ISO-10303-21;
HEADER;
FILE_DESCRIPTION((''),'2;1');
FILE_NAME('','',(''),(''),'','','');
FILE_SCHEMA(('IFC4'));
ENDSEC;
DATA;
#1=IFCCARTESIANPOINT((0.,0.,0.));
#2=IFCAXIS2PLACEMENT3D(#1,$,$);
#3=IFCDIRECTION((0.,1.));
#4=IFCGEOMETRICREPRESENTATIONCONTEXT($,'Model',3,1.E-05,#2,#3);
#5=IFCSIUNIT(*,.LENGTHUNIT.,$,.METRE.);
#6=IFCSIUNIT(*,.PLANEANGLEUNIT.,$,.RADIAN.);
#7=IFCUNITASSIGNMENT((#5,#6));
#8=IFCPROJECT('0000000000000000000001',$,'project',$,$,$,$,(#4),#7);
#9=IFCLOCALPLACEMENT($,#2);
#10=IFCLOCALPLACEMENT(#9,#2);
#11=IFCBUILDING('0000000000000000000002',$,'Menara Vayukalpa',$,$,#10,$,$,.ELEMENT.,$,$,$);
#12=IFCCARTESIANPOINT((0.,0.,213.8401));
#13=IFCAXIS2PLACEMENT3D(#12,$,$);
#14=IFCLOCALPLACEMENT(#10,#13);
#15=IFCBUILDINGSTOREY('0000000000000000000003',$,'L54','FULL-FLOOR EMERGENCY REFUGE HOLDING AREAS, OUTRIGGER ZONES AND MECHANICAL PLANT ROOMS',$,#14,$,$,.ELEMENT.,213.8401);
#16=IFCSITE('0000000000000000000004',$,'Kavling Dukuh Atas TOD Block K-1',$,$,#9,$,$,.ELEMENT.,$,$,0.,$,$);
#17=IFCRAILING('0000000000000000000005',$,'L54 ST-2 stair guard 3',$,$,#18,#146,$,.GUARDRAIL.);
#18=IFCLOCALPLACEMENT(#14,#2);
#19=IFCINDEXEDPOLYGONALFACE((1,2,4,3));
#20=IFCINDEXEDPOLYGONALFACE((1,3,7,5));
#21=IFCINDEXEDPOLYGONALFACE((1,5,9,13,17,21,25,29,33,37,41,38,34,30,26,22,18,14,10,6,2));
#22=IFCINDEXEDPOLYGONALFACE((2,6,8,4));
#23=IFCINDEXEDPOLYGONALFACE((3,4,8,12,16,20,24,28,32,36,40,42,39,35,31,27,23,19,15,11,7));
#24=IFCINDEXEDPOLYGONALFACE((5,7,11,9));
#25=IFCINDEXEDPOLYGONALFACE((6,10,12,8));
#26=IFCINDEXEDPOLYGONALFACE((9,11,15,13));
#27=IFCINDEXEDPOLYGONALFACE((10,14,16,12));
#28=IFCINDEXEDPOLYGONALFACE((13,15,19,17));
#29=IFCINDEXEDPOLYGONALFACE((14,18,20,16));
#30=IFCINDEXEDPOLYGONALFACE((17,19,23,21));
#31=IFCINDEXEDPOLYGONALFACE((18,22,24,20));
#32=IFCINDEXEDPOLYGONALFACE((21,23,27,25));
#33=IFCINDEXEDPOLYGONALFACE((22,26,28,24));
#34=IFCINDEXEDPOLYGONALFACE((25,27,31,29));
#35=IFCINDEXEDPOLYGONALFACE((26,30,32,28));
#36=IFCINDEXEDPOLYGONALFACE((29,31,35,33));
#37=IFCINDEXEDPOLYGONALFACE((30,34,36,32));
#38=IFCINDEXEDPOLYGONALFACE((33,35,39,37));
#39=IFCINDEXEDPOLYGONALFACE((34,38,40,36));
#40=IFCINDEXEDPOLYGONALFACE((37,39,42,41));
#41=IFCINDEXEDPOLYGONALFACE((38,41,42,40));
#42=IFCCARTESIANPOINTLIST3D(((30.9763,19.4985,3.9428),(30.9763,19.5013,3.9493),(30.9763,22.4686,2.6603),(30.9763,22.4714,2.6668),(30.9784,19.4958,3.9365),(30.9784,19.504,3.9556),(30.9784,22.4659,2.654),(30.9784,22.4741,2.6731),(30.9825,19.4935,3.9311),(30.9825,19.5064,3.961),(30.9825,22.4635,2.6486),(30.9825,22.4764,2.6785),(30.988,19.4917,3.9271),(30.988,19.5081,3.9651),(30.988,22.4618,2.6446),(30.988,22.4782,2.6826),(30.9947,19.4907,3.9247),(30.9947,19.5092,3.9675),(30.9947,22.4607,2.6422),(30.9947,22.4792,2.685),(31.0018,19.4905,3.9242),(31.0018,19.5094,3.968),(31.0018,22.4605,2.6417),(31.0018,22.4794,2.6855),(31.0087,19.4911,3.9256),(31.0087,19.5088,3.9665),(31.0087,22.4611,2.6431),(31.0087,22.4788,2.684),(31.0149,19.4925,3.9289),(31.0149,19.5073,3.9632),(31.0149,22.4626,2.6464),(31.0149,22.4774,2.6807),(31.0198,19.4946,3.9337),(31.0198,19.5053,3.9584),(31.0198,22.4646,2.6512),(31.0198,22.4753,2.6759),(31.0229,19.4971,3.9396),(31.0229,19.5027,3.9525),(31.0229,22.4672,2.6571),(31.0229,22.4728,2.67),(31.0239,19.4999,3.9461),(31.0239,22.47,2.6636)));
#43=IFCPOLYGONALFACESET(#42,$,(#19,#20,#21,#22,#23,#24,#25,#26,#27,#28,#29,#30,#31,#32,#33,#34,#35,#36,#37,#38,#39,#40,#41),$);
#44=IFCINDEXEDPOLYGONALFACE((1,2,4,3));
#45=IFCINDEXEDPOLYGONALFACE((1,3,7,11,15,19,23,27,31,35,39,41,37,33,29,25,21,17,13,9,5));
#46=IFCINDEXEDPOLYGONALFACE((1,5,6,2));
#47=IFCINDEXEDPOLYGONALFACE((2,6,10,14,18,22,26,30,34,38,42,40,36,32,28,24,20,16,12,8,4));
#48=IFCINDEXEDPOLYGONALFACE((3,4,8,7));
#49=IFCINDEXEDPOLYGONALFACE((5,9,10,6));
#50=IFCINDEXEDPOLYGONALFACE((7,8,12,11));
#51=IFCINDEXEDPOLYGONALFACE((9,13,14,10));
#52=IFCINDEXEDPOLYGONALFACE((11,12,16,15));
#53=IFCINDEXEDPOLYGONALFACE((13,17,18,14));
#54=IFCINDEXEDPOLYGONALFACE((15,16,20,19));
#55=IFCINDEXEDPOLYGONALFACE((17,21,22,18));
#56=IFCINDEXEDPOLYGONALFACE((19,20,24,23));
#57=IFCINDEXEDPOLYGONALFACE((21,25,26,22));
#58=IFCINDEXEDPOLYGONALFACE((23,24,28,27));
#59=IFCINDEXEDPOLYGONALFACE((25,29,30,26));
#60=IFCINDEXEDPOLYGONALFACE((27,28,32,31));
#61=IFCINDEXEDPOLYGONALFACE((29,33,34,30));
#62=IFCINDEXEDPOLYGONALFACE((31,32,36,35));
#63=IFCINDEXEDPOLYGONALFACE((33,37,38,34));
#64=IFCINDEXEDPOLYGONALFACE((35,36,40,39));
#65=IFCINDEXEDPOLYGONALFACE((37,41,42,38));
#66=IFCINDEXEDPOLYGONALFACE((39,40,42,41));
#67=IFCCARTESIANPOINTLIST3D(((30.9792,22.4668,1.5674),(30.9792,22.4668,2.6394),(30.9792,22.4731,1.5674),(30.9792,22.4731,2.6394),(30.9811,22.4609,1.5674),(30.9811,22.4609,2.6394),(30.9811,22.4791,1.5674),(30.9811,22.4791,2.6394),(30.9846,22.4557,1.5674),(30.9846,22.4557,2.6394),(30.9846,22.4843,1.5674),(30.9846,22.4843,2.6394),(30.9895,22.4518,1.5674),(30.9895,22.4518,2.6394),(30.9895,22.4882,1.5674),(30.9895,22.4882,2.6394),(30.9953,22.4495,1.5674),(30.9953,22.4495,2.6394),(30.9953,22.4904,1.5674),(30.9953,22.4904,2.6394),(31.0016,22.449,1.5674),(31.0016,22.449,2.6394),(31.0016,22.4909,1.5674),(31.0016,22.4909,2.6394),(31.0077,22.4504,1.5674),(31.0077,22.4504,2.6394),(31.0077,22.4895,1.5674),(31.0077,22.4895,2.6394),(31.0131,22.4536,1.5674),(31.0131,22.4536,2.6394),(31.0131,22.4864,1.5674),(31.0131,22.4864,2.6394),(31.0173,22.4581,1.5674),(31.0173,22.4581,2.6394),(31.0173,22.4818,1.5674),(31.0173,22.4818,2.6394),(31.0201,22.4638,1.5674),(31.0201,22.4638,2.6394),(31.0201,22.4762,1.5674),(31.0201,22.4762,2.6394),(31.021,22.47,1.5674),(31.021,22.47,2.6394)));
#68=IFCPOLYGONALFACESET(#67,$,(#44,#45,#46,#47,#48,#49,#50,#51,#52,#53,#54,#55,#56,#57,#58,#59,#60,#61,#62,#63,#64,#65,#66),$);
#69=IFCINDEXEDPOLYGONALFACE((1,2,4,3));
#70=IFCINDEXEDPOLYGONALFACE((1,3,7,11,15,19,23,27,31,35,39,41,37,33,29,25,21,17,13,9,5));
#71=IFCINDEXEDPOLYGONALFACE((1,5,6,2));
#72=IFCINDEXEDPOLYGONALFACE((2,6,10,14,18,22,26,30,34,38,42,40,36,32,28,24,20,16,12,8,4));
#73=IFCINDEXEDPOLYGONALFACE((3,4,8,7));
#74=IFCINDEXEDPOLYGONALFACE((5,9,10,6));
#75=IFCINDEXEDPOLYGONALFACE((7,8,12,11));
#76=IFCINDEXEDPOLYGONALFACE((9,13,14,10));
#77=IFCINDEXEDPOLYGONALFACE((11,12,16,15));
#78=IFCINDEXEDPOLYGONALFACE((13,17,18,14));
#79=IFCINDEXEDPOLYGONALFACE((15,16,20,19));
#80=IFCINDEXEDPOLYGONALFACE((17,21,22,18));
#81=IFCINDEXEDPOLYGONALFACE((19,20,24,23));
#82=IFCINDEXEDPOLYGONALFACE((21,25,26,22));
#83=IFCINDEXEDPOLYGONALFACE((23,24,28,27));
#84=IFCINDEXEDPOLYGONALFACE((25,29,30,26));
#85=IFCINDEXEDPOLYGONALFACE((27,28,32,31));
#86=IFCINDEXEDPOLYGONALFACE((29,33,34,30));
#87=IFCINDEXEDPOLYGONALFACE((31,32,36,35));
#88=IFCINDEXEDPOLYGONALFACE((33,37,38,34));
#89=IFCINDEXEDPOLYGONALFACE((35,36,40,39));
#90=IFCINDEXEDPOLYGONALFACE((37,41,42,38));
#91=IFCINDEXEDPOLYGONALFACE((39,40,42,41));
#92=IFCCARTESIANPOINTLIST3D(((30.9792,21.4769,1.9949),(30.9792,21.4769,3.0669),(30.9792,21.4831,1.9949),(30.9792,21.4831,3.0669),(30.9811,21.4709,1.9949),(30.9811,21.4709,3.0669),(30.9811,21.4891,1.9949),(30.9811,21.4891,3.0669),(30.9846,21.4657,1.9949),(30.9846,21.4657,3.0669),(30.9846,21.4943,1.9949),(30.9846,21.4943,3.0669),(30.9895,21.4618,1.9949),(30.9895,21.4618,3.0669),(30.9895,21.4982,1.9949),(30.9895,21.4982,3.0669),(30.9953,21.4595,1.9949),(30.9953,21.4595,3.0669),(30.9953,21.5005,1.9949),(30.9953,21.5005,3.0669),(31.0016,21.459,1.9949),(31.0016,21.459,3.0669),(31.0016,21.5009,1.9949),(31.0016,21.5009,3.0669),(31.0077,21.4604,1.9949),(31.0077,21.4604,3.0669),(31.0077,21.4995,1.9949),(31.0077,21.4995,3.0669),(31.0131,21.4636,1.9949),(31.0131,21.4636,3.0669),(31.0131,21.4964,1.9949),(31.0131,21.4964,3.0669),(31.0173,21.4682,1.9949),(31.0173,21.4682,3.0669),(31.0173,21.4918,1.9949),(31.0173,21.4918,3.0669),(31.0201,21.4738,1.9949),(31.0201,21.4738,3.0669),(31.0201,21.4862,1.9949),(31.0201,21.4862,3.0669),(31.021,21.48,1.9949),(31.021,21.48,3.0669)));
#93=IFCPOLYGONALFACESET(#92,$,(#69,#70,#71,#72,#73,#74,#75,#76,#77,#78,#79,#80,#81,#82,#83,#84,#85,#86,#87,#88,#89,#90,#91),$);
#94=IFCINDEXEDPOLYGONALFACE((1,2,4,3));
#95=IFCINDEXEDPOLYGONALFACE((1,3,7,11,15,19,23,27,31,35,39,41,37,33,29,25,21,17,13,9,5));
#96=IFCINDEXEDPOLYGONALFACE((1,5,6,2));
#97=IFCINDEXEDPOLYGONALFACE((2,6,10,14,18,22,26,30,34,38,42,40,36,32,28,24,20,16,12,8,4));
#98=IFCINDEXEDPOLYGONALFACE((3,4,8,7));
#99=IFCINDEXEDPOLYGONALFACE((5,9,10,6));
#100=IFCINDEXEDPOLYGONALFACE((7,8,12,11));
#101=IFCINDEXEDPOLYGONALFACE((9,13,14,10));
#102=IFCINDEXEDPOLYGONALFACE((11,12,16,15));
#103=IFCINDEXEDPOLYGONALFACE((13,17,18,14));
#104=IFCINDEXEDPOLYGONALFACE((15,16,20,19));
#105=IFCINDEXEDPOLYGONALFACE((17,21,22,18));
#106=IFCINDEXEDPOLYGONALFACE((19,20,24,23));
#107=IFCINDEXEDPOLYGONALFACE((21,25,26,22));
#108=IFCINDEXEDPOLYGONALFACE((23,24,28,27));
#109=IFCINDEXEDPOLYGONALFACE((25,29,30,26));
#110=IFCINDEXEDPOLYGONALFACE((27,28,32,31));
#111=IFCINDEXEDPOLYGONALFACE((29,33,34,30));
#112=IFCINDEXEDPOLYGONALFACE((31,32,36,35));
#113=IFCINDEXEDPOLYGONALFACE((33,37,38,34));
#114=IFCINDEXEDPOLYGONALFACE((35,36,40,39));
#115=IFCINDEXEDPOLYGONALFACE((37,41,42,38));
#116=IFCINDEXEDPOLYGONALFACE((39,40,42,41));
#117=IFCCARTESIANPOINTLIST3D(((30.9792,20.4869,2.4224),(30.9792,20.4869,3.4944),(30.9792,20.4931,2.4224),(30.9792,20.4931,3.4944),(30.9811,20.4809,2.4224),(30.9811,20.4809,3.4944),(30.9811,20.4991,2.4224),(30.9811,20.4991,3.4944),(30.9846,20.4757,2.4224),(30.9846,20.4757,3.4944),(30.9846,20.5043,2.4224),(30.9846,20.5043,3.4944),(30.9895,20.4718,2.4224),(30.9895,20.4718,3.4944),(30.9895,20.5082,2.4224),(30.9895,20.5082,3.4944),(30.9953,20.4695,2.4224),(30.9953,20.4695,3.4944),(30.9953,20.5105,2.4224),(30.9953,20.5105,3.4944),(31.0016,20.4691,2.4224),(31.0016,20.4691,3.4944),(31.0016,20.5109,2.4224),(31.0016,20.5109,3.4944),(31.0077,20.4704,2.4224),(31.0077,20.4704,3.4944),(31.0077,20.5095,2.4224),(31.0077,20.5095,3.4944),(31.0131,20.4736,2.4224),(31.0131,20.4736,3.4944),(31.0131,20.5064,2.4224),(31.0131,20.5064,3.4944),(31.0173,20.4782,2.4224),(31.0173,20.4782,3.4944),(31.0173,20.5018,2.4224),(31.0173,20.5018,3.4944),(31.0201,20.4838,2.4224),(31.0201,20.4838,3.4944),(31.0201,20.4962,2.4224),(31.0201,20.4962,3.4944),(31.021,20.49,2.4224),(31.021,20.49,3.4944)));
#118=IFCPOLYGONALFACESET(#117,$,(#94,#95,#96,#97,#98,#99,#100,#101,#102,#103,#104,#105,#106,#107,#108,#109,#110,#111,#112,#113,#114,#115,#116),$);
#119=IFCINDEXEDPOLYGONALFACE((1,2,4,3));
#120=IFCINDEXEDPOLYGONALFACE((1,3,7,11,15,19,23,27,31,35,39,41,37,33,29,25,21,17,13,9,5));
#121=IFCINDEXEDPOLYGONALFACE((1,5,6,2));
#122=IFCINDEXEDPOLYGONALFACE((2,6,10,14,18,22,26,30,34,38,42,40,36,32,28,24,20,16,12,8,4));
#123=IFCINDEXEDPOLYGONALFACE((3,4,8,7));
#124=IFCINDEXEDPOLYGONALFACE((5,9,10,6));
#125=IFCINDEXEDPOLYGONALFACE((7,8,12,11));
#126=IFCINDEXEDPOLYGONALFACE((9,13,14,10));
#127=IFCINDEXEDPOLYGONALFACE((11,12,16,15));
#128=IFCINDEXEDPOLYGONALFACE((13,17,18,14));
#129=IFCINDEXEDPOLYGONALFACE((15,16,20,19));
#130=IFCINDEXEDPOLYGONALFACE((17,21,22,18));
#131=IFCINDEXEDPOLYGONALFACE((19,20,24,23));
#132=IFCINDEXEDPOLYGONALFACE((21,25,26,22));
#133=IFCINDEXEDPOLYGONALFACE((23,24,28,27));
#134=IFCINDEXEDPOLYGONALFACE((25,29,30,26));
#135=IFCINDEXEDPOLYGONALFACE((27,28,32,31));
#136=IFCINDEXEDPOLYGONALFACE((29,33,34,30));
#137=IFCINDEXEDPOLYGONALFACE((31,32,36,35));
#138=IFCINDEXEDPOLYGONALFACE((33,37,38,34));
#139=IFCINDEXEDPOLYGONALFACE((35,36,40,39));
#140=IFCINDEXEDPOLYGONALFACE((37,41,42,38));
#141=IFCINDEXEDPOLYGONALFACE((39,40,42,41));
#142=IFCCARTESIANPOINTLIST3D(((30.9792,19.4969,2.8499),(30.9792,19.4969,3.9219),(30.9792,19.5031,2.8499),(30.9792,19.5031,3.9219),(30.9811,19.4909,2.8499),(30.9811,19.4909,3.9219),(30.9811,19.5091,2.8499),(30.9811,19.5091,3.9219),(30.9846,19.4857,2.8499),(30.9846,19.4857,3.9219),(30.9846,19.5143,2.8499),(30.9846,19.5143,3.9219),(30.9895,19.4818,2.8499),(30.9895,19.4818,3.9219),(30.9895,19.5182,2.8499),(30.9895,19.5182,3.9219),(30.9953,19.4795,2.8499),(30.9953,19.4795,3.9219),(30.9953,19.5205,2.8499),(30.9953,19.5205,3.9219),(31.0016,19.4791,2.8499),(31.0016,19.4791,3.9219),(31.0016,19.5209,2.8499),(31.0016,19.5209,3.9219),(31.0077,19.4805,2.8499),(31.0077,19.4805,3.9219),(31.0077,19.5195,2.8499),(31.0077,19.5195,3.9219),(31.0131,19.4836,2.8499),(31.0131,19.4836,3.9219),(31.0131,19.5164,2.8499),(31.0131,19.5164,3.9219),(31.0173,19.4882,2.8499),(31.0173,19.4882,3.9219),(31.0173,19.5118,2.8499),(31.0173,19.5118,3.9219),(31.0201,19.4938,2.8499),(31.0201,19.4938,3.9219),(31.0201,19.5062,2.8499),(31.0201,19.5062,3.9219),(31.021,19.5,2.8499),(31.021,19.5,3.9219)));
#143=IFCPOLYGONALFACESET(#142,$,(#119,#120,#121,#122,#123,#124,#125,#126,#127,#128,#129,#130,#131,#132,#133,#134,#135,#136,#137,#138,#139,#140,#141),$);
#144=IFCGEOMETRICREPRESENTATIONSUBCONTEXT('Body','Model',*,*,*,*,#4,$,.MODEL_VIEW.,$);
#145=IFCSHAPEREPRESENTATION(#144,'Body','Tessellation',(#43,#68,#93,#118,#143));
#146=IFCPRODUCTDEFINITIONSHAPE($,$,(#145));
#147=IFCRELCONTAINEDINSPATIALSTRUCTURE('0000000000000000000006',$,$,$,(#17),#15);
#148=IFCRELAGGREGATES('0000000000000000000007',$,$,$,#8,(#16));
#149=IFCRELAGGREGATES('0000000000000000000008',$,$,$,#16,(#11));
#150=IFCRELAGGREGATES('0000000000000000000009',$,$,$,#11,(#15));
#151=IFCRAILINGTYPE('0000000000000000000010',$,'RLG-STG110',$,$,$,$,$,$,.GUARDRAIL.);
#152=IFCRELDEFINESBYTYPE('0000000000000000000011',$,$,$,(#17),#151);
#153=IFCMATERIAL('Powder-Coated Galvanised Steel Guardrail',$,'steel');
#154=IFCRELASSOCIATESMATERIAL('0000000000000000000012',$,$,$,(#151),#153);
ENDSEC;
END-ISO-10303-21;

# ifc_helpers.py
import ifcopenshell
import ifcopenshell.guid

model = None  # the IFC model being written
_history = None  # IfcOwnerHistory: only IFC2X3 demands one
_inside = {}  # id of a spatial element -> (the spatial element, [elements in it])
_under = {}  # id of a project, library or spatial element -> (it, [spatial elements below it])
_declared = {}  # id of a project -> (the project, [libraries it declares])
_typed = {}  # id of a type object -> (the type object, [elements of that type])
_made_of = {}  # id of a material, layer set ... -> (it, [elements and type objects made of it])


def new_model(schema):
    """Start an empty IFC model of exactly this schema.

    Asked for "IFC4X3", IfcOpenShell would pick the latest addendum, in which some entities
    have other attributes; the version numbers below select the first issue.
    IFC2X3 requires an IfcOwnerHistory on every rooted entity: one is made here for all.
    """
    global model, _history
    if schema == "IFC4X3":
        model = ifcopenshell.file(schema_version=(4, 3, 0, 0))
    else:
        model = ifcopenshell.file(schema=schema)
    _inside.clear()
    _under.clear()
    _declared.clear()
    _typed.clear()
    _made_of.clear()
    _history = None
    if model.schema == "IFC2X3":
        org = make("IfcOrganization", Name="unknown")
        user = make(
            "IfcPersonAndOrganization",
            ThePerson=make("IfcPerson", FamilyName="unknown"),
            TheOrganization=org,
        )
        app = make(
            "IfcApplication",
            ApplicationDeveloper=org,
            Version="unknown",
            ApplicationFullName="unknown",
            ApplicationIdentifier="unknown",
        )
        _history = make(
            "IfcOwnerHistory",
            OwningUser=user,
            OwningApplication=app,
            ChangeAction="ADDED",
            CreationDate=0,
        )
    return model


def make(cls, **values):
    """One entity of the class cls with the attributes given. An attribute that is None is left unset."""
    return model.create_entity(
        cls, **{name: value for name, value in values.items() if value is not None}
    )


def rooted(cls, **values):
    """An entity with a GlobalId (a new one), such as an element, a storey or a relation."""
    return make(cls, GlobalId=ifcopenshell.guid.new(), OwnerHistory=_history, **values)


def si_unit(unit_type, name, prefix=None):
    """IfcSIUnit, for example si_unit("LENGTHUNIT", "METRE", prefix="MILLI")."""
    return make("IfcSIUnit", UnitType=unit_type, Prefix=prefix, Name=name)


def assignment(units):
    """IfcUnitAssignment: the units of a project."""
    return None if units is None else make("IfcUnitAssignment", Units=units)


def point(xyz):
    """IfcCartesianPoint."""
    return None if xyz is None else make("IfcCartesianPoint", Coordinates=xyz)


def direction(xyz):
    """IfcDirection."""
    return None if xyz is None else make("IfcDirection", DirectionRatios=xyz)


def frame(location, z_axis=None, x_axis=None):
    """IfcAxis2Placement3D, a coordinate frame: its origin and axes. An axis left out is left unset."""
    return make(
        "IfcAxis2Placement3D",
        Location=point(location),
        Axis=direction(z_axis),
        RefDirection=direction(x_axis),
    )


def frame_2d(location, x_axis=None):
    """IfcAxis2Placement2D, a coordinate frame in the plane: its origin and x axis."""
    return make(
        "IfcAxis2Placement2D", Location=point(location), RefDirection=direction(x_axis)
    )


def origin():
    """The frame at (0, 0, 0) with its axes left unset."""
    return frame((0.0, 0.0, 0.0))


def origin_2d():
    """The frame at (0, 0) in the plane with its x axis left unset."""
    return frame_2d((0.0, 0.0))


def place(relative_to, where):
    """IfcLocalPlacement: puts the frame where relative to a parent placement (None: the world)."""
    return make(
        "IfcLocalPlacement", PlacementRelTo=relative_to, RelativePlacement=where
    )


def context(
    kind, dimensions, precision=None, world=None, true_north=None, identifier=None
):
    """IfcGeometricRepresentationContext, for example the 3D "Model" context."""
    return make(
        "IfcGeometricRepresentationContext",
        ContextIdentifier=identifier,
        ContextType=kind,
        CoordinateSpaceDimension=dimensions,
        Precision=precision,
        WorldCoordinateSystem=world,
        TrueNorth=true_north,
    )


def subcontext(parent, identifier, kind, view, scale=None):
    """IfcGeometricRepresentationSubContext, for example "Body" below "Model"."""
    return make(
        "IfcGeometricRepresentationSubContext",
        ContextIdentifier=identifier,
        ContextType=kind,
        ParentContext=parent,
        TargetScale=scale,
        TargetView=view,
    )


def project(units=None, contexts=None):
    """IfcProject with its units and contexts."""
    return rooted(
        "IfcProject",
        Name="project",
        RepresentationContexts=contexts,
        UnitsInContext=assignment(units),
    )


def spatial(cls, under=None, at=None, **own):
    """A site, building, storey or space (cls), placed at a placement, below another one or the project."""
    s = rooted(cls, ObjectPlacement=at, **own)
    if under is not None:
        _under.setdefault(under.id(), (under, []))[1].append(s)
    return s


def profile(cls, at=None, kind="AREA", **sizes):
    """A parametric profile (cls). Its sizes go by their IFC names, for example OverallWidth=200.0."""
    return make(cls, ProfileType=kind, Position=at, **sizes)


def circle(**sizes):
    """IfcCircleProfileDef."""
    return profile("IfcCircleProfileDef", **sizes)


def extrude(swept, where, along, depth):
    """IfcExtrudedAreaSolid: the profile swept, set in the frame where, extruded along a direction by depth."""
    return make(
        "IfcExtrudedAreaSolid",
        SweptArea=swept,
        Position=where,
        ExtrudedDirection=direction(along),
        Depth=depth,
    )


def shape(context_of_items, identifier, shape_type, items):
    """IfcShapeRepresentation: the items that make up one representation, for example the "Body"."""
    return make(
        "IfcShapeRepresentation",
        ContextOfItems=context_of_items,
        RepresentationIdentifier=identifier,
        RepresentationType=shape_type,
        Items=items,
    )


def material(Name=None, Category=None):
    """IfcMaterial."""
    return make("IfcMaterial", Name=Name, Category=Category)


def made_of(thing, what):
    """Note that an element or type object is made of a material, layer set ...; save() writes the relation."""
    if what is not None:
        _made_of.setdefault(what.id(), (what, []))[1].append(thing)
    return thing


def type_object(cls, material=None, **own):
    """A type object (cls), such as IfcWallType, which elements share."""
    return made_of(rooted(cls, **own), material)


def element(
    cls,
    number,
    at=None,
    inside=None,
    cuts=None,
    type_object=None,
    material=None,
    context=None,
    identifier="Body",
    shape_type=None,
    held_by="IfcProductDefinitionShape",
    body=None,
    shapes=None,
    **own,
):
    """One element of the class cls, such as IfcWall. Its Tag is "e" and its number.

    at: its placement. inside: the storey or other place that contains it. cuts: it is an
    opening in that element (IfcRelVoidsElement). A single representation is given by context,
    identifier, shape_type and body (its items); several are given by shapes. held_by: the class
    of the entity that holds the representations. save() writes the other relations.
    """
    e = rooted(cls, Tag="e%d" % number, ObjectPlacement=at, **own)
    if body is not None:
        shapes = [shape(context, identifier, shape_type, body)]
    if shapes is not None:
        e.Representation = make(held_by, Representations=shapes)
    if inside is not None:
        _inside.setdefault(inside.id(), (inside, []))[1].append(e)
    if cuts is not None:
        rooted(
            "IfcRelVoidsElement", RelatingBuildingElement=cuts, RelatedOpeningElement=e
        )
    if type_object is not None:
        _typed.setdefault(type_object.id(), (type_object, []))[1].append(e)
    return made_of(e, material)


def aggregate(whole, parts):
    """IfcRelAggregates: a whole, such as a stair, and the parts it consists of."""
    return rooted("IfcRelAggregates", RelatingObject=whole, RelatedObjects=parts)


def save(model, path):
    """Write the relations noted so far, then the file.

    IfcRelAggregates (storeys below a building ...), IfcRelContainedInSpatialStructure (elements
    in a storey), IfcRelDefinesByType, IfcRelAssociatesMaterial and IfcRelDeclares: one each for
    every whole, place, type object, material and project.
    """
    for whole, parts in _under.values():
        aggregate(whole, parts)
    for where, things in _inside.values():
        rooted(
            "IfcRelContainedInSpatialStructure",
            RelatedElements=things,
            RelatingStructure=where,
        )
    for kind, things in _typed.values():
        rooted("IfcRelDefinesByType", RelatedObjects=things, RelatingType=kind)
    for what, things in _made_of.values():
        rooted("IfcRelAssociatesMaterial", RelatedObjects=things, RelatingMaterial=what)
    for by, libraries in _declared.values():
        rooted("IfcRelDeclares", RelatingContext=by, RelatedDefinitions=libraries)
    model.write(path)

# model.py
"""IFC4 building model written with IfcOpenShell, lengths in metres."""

from ifc_helpers import new_model, si_unit, direction, frame, origin, origin_2d, place, context, subcontext, project, spatial, circle, extrude, material, type_object, element, save


model = new_model("IFC4")

# Units and contexts
model_context = context("Model", 3, precision=1e-05, world=origin(), true_north=direction((0.0, 1.0)))
body_context = subcontext(model_context, "Body", "Model", "MODEL_VIEW")
ifc_project = project(units=[si_unit("LENGTHUNIT", "METRE"), si_unit("PLANEANGLEUNIT", "RADIAN")], contexts=[model_context])

# Site, building, storey
site_placement = place(None, origin())
site = spatial("IfcSite", under=ifc_project, at=site_placement, Name="Kavling Dukuh Atas TOD Block K-1", CompositionType="ELEMENT", RefElevation=0.0)
building_placement = place(site_placement, origin())
building = spatial("IfcBuilding", under=site, at=building_placement, Name="Menara Vayukalpa", CompositionType="ELEMENT")
storey_placement = place(building_placement, frame((0.0, 0.0, 213.8401)))
storey = spatial("IfcBuildingStorey", under=building, at=storey_placement, Name="L54", Description="FULL-FLOOR EMERGENCY REFUGE HOLDING AREAS, OUTRIGGER ZONES AND MECHANICAL PLANT ROOMS", CompositionType="ELEMENT", Elevation=213.8401)

# Railing
ifc_material_1 = material(Name="Powder-Coated Galvanised Steel Guardrail", Category="steel")
railing_type_1 = type_object("IfcRailingType", Name="RLG-STG110", PredefinedType="GUARDRAIL", material=ifc_material_1)
railing_1_placement = place(storey_placement, frame((31.0, 22.47, 1.5674)))
element("IfcRailing", 1, at=railing_1_placement, inside=storey, type_object=railing_type_1, Name="L54 ST-2 stair guard 3", PredefinedType="GUARDRAIL", context=body_context, shape_type="SweptSolid", body=[
    extrude(circle(Radius=0.0239, at=origin_2d()), frame((0.0, 0.0, 1.0962), z_axis=(0.0, -0.918064, 0.396432), x_axis=(1.0, 0.0, 0.0)), (0.0, 0.0, 1.0), 3.2351),
    extrude(circle(Radius=0.021, at=origin_2d()), origin(), (0.0, 0.0, 1.0), 1.072),
    extrude(circle(Radius=0.021, at=origin_2d()), frame((0.0, -0.99, 0.4275)), (0.0, 0.0, 1.0), 1.072),
    extrude(circle(Radius=0.021, at=origin_2d()), frame((0.0, -1.98, 0.855)), (0.0, 0.0, 1.0), 1.072),
    extrude(circle(Radius=0.021, at=origin_2d()), frame((0.0, -2.97, 1.2825)), (0.0, 0.0, 1.0), 1.072),
])

save(model, "model.ifc")
